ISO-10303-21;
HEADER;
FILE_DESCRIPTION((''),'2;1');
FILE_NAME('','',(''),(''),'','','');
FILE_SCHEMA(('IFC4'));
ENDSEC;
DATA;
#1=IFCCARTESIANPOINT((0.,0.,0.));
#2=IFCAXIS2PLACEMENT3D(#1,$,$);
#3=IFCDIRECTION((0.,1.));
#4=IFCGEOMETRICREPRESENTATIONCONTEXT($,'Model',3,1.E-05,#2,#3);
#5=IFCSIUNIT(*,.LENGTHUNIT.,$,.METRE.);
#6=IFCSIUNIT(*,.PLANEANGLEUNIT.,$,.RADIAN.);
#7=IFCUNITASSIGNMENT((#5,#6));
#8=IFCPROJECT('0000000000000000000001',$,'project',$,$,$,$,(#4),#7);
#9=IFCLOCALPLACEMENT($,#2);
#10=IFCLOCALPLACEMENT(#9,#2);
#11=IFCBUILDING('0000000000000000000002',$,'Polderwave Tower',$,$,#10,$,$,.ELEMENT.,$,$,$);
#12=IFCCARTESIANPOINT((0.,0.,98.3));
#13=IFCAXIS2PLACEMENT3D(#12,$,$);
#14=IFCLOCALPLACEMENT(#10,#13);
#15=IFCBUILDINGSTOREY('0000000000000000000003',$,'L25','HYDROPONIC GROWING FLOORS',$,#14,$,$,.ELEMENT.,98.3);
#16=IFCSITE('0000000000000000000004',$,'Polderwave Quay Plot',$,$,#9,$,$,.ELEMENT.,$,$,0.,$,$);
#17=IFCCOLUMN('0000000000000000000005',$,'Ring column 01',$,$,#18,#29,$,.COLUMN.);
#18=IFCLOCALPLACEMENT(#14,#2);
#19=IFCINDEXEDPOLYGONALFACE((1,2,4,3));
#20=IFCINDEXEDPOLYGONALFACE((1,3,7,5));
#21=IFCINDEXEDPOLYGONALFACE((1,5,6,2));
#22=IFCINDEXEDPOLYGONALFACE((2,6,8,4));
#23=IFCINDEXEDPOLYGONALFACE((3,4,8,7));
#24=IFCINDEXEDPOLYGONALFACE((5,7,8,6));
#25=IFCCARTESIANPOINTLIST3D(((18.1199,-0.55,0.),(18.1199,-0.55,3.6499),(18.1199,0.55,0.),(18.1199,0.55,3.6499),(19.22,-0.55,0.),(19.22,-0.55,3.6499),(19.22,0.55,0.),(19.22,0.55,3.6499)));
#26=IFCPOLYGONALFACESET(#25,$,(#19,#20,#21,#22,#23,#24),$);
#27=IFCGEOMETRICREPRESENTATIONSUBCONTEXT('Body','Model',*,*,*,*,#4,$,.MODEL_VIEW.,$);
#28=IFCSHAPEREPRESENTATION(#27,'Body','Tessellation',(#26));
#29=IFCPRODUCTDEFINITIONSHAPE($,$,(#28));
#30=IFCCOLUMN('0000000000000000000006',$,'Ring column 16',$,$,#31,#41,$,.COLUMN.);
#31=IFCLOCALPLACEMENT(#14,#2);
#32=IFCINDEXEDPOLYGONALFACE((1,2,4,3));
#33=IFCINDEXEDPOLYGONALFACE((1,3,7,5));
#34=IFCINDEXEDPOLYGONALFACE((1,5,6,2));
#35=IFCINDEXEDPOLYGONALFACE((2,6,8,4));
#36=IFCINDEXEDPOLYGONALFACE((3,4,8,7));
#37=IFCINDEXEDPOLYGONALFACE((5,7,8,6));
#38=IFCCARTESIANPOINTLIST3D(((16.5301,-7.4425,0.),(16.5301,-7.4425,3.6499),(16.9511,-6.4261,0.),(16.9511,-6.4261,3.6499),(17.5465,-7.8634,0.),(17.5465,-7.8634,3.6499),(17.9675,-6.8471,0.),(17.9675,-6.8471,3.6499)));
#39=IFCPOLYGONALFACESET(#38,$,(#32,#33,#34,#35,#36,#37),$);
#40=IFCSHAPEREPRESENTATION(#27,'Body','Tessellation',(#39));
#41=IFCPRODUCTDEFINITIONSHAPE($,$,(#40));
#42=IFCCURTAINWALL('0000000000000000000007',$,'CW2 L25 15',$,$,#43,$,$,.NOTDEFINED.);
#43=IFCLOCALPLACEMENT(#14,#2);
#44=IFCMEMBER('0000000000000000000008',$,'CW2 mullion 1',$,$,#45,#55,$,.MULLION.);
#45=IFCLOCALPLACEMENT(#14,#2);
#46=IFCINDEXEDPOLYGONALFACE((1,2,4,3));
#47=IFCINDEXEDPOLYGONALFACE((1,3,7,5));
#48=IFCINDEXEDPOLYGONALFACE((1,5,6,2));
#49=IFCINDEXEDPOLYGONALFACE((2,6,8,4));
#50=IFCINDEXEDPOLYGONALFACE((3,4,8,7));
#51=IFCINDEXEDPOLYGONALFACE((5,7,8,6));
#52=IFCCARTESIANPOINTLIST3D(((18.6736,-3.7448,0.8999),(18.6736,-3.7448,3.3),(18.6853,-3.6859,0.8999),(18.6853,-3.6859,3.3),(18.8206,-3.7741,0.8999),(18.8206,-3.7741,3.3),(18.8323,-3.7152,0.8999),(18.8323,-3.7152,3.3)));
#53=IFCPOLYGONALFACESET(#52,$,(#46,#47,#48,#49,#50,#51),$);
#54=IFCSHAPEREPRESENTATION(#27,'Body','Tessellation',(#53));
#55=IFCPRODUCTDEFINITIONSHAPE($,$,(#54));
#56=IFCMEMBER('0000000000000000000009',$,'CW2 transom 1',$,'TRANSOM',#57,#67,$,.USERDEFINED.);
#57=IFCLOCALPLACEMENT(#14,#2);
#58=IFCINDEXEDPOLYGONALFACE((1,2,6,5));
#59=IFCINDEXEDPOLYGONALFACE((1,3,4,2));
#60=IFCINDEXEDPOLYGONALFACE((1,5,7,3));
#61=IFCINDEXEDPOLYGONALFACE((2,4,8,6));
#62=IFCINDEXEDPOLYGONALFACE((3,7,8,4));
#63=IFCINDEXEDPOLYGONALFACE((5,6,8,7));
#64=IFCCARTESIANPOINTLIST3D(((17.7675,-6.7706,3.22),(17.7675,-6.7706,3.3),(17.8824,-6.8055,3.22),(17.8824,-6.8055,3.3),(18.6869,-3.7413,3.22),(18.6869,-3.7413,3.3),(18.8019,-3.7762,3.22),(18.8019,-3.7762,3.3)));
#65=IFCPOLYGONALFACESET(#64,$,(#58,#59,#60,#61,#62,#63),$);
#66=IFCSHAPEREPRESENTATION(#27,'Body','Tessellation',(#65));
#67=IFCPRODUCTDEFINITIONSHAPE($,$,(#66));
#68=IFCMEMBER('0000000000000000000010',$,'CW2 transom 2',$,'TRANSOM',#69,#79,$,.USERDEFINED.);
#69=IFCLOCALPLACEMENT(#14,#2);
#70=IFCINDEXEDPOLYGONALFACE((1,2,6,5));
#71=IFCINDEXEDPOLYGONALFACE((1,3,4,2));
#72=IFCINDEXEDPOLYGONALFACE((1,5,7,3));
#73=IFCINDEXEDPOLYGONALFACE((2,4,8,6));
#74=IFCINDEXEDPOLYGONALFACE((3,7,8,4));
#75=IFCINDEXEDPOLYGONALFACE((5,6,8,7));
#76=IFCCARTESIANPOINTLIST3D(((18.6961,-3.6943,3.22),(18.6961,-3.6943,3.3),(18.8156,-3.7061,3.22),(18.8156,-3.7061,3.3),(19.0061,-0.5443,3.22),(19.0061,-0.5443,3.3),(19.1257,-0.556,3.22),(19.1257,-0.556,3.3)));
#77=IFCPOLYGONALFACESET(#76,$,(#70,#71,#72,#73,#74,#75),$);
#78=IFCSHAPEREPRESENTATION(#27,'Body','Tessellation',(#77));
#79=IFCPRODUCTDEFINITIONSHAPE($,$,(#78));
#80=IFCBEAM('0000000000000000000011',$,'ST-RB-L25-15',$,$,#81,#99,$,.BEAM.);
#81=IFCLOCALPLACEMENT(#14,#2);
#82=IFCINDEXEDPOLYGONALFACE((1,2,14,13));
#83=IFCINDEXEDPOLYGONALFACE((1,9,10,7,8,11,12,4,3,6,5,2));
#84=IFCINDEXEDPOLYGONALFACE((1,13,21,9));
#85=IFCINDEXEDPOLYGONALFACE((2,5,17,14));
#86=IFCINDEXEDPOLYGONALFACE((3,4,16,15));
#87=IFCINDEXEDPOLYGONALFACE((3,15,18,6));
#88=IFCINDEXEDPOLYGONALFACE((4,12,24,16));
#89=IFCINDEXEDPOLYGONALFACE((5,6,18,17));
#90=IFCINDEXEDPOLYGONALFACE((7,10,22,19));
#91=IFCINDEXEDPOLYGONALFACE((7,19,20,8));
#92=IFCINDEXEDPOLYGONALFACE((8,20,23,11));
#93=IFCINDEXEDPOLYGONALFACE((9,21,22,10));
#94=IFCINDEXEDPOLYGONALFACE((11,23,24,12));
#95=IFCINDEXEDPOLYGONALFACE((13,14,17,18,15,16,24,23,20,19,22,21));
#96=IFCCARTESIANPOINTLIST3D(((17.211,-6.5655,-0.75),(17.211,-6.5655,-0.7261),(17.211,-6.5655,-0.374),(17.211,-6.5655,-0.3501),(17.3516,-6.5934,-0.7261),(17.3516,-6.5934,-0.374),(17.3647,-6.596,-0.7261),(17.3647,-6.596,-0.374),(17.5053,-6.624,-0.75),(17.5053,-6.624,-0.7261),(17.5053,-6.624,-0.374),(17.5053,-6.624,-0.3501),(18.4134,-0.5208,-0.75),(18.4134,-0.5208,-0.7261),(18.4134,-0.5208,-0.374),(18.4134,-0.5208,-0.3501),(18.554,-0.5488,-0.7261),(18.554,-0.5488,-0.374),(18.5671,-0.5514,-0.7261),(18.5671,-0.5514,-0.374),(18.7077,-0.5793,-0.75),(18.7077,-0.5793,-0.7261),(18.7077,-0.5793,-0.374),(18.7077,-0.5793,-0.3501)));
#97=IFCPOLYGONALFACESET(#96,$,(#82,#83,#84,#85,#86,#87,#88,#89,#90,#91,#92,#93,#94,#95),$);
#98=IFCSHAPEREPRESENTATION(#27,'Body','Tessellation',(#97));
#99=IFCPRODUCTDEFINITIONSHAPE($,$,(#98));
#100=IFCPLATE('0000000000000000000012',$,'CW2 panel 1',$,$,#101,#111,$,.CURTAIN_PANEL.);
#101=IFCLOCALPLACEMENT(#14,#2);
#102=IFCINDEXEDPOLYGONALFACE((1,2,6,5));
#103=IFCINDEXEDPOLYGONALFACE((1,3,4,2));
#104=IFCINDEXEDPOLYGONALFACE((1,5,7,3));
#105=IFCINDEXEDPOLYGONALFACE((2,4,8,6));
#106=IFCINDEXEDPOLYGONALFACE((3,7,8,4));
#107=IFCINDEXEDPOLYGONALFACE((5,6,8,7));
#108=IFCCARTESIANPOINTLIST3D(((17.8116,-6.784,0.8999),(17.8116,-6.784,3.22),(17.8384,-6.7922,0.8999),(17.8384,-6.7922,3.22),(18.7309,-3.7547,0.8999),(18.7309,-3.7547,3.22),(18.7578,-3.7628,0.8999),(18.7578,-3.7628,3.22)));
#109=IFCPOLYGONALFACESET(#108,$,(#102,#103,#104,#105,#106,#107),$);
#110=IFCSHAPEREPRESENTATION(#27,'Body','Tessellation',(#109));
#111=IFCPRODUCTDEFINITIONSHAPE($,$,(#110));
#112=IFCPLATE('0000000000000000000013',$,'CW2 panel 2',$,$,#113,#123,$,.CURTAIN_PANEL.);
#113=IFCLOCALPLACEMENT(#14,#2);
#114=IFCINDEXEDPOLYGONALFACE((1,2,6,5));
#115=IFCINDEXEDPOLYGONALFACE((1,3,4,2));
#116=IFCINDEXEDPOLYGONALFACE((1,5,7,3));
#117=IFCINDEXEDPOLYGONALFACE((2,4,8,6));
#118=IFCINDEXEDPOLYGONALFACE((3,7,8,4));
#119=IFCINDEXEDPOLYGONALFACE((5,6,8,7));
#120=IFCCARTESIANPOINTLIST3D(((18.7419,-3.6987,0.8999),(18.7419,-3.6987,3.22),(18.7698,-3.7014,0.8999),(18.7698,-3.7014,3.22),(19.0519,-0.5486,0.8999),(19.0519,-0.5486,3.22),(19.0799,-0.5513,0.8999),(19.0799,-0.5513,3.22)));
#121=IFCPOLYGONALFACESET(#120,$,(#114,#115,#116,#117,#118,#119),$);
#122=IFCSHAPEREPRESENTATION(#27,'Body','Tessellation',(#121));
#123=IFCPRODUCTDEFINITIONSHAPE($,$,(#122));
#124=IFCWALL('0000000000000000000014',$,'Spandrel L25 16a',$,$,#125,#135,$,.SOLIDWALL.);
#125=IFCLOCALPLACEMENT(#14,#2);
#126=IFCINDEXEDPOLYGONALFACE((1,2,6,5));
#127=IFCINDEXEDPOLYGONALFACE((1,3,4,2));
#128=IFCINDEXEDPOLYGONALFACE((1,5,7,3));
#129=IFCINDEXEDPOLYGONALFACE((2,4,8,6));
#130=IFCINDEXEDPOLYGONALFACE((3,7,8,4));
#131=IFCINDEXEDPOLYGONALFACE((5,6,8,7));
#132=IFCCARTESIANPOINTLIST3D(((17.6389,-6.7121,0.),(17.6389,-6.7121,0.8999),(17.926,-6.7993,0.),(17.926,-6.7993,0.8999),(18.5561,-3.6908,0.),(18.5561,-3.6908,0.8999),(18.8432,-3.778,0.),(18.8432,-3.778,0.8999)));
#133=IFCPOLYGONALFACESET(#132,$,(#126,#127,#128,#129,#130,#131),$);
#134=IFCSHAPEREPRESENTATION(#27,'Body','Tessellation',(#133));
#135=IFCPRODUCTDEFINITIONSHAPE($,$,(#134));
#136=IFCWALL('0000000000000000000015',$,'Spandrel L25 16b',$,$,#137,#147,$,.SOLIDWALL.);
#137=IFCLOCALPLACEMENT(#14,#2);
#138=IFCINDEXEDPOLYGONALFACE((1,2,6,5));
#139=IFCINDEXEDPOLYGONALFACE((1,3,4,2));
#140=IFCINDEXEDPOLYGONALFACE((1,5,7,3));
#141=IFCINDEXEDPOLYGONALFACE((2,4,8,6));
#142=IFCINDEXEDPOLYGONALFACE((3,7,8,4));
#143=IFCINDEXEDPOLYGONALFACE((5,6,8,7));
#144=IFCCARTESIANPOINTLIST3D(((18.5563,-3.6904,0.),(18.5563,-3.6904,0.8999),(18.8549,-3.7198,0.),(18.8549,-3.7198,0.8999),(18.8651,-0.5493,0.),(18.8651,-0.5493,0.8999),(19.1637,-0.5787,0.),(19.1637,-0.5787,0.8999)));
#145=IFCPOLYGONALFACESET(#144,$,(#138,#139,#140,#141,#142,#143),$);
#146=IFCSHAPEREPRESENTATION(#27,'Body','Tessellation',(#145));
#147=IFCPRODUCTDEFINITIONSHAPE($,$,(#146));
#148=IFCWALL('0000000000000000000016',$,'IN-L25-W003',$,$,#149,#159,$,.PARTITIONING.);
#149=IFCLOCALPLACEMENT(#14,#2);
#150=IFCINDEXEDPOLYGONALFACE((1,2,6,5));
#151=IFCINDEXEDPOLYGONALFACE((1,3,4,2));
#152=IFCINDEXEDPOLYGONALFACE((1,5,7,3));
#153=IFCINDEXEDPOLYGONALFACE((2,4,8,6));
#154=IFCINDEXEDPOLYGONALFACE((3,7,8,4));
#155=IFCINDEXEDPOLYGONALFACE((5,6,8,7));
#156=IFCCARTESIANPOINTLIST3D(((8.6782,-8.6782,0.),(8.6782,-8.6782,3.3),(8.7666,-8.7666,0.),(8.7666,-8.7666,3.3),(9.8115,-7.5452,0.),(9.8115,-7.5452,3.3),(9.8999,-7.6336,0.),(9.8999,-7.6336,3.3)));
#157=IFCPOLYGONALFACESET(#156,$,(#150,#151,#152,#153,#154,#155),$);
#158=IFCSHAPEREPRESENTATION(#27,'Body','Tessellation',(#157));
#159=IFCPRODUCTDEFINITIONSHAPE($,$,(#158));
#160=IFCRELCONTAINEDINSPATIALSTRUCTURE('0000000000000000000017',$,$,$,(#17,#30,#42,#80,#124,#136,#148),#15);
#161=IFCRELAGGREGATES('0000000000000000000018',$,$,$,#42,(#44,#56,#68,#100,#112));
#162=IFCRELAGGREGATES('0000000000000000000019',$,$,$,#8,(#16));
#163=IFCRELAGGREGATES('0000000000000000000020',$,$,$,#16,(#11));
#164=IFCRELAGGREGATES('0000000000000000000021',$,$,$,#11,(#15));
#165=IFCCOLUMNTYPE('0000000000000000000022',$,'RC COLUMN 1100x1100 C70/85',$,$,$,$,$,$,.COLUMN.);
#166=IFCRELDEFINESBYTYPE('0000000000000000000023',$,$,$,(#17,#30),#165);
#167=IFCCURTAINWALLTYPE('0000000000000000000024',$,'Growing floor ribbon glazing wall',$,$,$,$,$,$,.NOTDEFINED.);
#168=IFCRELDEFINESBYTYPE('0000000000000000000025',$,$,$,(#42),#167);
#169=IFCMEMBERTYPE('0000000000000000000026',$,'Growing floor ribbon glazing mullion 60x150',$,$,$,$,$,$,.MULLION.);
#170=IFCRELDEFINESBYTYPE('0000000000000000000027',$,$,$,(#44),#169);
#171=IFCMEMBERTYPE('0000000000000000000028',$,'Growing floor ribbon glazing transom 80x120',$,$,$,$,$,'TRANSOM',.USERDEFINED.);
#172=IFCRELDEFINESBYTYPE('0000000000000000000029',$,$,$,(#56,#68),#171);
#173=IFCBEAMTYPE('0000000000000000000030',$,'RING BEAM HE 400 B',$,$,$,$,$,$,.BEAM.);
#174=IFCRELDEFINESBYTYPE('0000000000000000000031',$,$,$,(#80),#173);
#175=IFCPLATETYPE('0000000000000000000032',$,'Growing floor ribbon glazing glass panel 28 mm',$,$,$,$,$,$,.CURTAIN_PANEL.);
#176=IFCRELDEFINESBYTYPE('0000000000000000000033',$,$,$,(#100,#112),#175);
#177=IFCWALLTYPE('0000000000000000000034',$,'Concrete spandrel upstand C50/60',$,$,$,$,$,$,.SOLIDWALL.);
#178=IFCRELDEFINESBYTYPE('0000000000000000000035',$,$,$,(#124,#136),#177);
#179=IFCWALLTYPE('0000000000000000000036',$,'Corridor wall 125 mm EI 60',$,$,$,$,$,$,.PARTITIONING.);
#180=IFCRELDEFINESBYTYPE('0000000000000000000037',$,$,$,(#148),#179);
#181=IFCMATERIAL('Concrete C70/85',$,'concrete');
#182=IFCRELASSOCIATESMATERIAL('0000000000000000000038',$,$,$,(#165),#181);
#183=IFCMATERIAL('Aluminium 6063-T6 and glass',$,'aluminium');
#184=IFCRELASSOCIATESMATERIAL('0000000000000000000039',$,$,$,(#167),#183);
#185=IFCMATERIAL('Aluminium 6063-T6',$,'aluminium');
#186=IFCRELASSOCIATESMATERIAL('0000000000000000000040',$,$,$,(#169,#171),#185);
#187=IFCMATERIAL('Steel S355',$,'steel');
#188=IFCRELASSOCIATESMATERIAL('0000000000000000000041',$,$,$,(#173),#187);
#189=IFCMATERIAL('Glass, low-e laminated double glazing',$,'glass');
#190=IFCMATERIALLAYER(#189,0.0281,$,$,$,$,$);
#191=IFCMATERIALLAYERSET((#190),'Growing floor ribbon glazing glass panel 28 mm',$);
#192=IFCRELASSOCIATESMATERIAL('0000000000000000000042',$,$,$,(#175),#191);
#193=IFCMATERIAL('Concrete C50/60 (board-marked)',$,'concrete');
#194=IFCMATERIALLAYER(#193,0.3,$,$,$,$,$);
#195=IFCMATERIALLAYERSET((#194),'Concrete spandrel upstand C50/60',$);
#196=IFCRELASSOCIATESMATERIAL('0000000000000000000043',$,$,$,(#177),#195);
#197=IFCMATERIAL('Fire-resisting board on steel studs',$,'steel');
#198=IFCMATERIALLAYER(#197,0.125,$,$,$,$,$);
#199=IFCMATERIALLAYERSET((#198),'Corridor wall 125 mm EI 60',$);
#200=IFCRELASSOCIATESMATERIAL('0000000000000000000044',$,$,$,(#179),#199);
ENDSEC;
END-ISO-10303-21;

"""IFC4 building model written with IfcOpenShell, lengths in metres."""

from ifc_helpers import new_model, si_unit, direction, frame, frame_2d, origin, origin_2d, place, context, subcontext, project, spatial, rectangle, i_section, extrude, material, layer, layer_set, material_profile, profile_set, type_object, element, aggregate, save


model = new_model("IFC4")

# Units and contexts
model_context = context("Model", 3, precision=1e-05, world=origin(), true_north=direction((0.0, 1.0)))
body_context = subcontext(model_context, "Body", "Model", "MODEL_VIEW")
ifc_project = project(units=[si_unit("LENGTHUNIT", "METRE"), si_unit("PLANEANGLEUNIT", "RADIAN")], contexts=[model_context])

# Site, building, storey
site_placement = place(None, origin())
site = spatial("IfcSite", under=ifc_project, at=site_placement, Name="Polderwave Quay Plot", CompositionType="ELEMENT", RefElevation=0.0)
building_placement = place(site_placement, origin())
building = spatial("IfcBuilding", under=site, at=building_placement, Name="Polderwave Tower", CompositionType="ELEMENT")
storey_placement = place(building_placement, frame((0.0, 0.0, 98.3)))
storey = spatial("IfcBuildingStorey", under=building, at=storey_placement, Name="L25", Description="HYDROPONIC GROWING FLOORS", CompositionType="ELEMENT", Elevation=98.3)

# Columns
ifc_material_1 = material(Name="Concrete C70/85", Category="concrete")
ifc_material_profile_1 = material_profile(ifc_material_1, rectangle(XDim=1.1001, YDim=1.1001, at=origin_2d()), Name="RC 1100x1100")
ifc_profile_set_1 = profile_set([ifc_material_profile_1], Name="Concrete C70/85")
column_type = type_object("IfcColumnType", Name="RC COLUMN 1100x1100 C70/85", PredefinedType="COLUMN", material=ifc_profile_set_1)
for number, where, z_axis, x_axis, name in (
    (1, (18.6699, 0.0, 0.0), (0.0, 0.0, 1.0), (1.0, 0.0, 0.0), "Ring column 01"),
    (2, (17.2488, -7.1448, 0.0), (0.0, 0.0, 1.0), (0.92388, -0.382683, 0.0), "Ring column 16"),
):
    element("IfcColumn", number, at=place(storey_placement, frame(where, z_axis=z_axis, x_axis=x_axis)), inside=storey, type_object=column_type, Name=name, PredefinedType="COLUMN", context=body_context, shape_type="SweptSolid", body=[
        extrude(rectangle(XDim=1.1001, YDim=1.1001, at=origin_2d()), origin(), (0.0, 0.0, 1.0), 3.6499),
    ])

# Curtain wall, members
ifc_material_2 = material(Name="Aluminium 6063-T6 and glass", Category="aluminium")
curtain_wall_type = type_object("IfcCurtainWallType", Name="Growing floor ribbon glazing wall", PredefinedType="NOTDEFINED", material=ifc_material_2)
curtain_wall_placement = place(storey_placement, origin())
curtain_wall = element("IfcCurtainWall", 3, at=curtain_wall_placement, inside=storey, type_object=curtain_wall_type, Name="CW2 L25 15", PredefinedType="NOTDEFINED")
ifc_material_3 = material(Name="Aluminium 6063-T6", Category="aluminium")
ifc_material_profile_2 = material_profile(ifc_material_3, rectangle(XDim=0.1499, YDim=0.0601, at=origin_2d()), Name="AL 60x150")
ifc_profile_set_2 = profile_set([ifc_material_profile_2], Name="Aluminium 6063-T6")
member_type_1 = type_object("IfcMemberType", Name="Growing floor ribbon glazing mullion 60x150", PredefinedType="MULLION", material=ifc_profile_set_2)
member_1_placement = place(storey_placement, frame((18.7529, -3.73, 0.8999), z_axis=(0.0, 0.0, 1.0), x_axis=(-0.980781, 0.195113, 0.0)))
member_1 = element("IfcMember", 4, at=member_1_placement, type_object=member_type_1, Name="CW2 mullion 1", PredefinedType="MULLION", context=body_context, shape_type="SweptSolid", body=[
    extrude(rectangle(XDim=0.1499, YDim=0.0601, at=origin_2d()), origin(), (0.0, 0.0, 1.0), 2.4001),
])
ifc_material_profile_3 = material_profile(ifc_material_3, rectangle(XDim=0.1201, YDim=0.0801, at=origin_2d()), Name="AL 80x120")
ifc_profile_set_3 = profile_set([ifc_material_profile_3], Name="Aluminium 6063-T6")
member_type_2 = type_object("IfcMemberType", Name="Growing floor ribbon glazing transom 80x120", ElementType="TRANSOM", PredefinedType="USERDEFINED", material=ifc_profile_set_3)
member_2_placement = place(storey_placement, frame((17.825, -6.7881, 3.26), z_axis=(0.290431, 0.956896, 0.0), x_axis=(-0.956896, 0.290431, 0.0)))
member_2 = element("IfcMember", 5, at=member_2_placement, type_object=member_type_2, Name="CW2 transom 1", ObjectType="TRANSOM", PredefinedType="USERDEFINED", context=body_context, shape_type="SweptSolid", body=[
    extrude(rectangle(XDim=0.1201, YDim=0.0801, at=origin_2d()), origin(), (0.0, 0.0, 1.0), 3.1658),
])
member_3_placement = place(storey_placement, frame((18.7559, -3.7002, 3.26), z_axis=(0.097953, 0.995191, 0.0), x_axis=(-0.995191, 0.097953, 0.0)))
member_3 = element("IfcMember", 6, at=member_3_placement, type_object=member_type_2, Name="CW2 transom 2", ObjectType="TRANSOM", PredefinedType="USERDEFINED", context=body_context, shape_type="SweptSolid", body=[
    extrude(rectangle(XDim=0.1201, YDim=0.0801, at=origin_2d()), origin(), (0.0, 0.0, 1.0), 3.1653),
])

# Beam
ifc_material_4 = material(Name="Steel S355", Category="steel")
ifc_material_profile_4 = material_profile(ifc_material_4, i_section(OverallWidth=0.3, OverallDepth=0.3999, WebThickness=0.0134, FlangeThickness=0.0239, at=origin_2d()), Name="HE 400 B")
ifc_profile_set_4 = profile_set([ifc_material_profile_4], Name="Steel S355")
beam_type = type_object("IfcBeamType", Name="RING BEAM HE 400 B", PredefinedType="BEAM", material=ifc_profile_set_4)
beam_placement = place(storey_placement, frame((17.3582, -6.5947, -0.55), z_axis=(0.195095, 0.980784, 0.0), x_axis=(-0.980784, 0.195095, 0.0)))
element("IfcBeam", 7, at=beam_placement, inside=storey, type_object=beam_type, Name="ST-RB-L25-15", PredefinedType="BEAM", context=body_context, shape_type="SweptSolid", body=[
    extrude(i_section(OverallWidth=0.3, OverallDepth=0.3999, WebThickness=0.0134, FlangeThickness=0.0239, at=origin_2d()), origin(), (0.0, 0.0, 1.0), 6.1631),
])

# Plates
ifc_material_5 = material(Name="Glass, low-e laminated double glazing", Category="glass")
ifc_layer_1 = layer(ifc_material_5, 0.0281)
ifc_layer_set_1 = layer_set([ifc_layer_1], Name="Growing floor ribbon glazing glass panel 28 mm")
plate_type = type_object("IfcPlateType", Name="Growing floor ribbon glazing glass panel 28 mm", PredefinedType="CURTAIN_PANEL", material=ifc_layer_set_1)
plate_1_placement = place(storey_placement, frame((18.2847, -5.2734, 0.8999), z_axis=(0.0, 0.0, 1.0), x_axis=(0.29039, 0.956908, 0.0)))
plate_1 = element("IfcPlate", 8, at=plate_1_placement, type_object=plate_type, Name="CW2 panel 1", PredefinedType="CURTAIN_PANEL", context=body_context, shape_type="SweptSolid", body=[
    extrude(rectangle(XDim=3.1658, YDim=0.0281, at=origin_2d()), origin(), (0.0, 0.0, 1.0), 2.3201),
])
plate_2_placement = place(storey_placement, frame((18.9109, -2.125, 0.8999), z_axis=(0.0, 0.0, 1.0), x_axis=(0.097955, 0.995191, 0.0)))
plate_2 = element("IfcPlate", 9, at=plate_2_placement, type_object=plate_type, Name="CW2 panel 2", PredefinedType="CURTAIN_PANEL", context=body_context, shape_type="SweptSolid", body=[
    extrude(rectangle(XDim=3.1653, YDim=0.0281, at=origin_2d()), origin(), (0.0, 0.0, 1.0), 2.3201),
])
aggregate(curtain_wall, [member_1, member_2, member_3, plate_1, plate_2])

# Walls
ifc_material_6 = material(Name="Concrete C50/60 (board-marked)", Category="concrete")
ifc_layer_2 = layer(ifc_material_6, 0.3)
ifc_layer_set_2 = layer_set([ifc_layer_2], Name="Concrete spandrel upstand C50/60")
wall_type_1 = type_object("IfcWallType", Name="Concrete spandrel upstand C50/60", PredefinedType="SOLIDWALL", material=ifc_layer_set_2)
wall_1_placement = place(storey_placement, frame((17.7825, -6.7556, 0.0), z_axis=(0.0, 0.0, 1.0), x_axis=(0.290503, 0.956874, 0.0)))
element("IfcWall", 10, at=wall_1_placement, inside=storey, type_object=wall_type_1, Name="Spandrel L25 16a", PredefinedType="SOLIDWALL", context=body_context, shape_type="SweptSolid", body=[
    extrude(rectangle(XDim=3.1575, YDim=0.3, at=frame_2d((1.5786, 0.0))), origin(), (0.0, 0.0, 1.0), 0.8999),
])
wall_2_placement = place(storey_placement, frame((18.7056, -3.7051, 0.0), z_axis=(0.0, 0.0, 1.0), x_axis=(0.097849, 0.995201, 0.0)))
element("IfcWall", 11, at=wall_2_placement, inside=storey, type_object=wall_type_1, Name="Spandrel L25 16b", PredefinedType="SOLIDWALL", context=body_context, shape_type="SweptSolid", body=[
    extrude(rectangle(XDim=3.1562, YDim=0.3, at=frame_2d((1.5781, 0.0))), origin(), (0.0, 0.0, 1.0), 0.8999),
])
ifc_material_7 = material(Name="Fire-resisting board on steel studs", Category="steel")
ifc_layer_3 = layer(ifc_material_7, 0.125)
ifc_layer_set_3 = layer_set([ifc_layer_3], Name="Corridor wall 125 mm EI 60")
wall_type_2 = type_object("IfcWallType", Name="Corridor wall 125 mm EI 60", PredefinedType="PARTITIONING", material=ifc_layer_set_3)
wall_3_placement = place(storey_placement, frame((9.8557, -7.5894, 0.0), z_axis=(0.0, 0.0, 1.0), x_axis=(-0.707183, -0.707031, 0.0)))
element("IfcWall", 12, at=wall_3_placement, inside=storey, type_object=wall_type_2, Name="IN-L25-W003", PredefinedType="PARTITIONING", context=body_context, shape_type="SweptSolid", body=[
    extrude(rectangle(XDim=1.6025, YDim=0.125, at=frame_2d((0.8013, 0.0))), origin(), (0.0, 0.0, 1.0), 3.3),
])

save(model, "model.ifc")
